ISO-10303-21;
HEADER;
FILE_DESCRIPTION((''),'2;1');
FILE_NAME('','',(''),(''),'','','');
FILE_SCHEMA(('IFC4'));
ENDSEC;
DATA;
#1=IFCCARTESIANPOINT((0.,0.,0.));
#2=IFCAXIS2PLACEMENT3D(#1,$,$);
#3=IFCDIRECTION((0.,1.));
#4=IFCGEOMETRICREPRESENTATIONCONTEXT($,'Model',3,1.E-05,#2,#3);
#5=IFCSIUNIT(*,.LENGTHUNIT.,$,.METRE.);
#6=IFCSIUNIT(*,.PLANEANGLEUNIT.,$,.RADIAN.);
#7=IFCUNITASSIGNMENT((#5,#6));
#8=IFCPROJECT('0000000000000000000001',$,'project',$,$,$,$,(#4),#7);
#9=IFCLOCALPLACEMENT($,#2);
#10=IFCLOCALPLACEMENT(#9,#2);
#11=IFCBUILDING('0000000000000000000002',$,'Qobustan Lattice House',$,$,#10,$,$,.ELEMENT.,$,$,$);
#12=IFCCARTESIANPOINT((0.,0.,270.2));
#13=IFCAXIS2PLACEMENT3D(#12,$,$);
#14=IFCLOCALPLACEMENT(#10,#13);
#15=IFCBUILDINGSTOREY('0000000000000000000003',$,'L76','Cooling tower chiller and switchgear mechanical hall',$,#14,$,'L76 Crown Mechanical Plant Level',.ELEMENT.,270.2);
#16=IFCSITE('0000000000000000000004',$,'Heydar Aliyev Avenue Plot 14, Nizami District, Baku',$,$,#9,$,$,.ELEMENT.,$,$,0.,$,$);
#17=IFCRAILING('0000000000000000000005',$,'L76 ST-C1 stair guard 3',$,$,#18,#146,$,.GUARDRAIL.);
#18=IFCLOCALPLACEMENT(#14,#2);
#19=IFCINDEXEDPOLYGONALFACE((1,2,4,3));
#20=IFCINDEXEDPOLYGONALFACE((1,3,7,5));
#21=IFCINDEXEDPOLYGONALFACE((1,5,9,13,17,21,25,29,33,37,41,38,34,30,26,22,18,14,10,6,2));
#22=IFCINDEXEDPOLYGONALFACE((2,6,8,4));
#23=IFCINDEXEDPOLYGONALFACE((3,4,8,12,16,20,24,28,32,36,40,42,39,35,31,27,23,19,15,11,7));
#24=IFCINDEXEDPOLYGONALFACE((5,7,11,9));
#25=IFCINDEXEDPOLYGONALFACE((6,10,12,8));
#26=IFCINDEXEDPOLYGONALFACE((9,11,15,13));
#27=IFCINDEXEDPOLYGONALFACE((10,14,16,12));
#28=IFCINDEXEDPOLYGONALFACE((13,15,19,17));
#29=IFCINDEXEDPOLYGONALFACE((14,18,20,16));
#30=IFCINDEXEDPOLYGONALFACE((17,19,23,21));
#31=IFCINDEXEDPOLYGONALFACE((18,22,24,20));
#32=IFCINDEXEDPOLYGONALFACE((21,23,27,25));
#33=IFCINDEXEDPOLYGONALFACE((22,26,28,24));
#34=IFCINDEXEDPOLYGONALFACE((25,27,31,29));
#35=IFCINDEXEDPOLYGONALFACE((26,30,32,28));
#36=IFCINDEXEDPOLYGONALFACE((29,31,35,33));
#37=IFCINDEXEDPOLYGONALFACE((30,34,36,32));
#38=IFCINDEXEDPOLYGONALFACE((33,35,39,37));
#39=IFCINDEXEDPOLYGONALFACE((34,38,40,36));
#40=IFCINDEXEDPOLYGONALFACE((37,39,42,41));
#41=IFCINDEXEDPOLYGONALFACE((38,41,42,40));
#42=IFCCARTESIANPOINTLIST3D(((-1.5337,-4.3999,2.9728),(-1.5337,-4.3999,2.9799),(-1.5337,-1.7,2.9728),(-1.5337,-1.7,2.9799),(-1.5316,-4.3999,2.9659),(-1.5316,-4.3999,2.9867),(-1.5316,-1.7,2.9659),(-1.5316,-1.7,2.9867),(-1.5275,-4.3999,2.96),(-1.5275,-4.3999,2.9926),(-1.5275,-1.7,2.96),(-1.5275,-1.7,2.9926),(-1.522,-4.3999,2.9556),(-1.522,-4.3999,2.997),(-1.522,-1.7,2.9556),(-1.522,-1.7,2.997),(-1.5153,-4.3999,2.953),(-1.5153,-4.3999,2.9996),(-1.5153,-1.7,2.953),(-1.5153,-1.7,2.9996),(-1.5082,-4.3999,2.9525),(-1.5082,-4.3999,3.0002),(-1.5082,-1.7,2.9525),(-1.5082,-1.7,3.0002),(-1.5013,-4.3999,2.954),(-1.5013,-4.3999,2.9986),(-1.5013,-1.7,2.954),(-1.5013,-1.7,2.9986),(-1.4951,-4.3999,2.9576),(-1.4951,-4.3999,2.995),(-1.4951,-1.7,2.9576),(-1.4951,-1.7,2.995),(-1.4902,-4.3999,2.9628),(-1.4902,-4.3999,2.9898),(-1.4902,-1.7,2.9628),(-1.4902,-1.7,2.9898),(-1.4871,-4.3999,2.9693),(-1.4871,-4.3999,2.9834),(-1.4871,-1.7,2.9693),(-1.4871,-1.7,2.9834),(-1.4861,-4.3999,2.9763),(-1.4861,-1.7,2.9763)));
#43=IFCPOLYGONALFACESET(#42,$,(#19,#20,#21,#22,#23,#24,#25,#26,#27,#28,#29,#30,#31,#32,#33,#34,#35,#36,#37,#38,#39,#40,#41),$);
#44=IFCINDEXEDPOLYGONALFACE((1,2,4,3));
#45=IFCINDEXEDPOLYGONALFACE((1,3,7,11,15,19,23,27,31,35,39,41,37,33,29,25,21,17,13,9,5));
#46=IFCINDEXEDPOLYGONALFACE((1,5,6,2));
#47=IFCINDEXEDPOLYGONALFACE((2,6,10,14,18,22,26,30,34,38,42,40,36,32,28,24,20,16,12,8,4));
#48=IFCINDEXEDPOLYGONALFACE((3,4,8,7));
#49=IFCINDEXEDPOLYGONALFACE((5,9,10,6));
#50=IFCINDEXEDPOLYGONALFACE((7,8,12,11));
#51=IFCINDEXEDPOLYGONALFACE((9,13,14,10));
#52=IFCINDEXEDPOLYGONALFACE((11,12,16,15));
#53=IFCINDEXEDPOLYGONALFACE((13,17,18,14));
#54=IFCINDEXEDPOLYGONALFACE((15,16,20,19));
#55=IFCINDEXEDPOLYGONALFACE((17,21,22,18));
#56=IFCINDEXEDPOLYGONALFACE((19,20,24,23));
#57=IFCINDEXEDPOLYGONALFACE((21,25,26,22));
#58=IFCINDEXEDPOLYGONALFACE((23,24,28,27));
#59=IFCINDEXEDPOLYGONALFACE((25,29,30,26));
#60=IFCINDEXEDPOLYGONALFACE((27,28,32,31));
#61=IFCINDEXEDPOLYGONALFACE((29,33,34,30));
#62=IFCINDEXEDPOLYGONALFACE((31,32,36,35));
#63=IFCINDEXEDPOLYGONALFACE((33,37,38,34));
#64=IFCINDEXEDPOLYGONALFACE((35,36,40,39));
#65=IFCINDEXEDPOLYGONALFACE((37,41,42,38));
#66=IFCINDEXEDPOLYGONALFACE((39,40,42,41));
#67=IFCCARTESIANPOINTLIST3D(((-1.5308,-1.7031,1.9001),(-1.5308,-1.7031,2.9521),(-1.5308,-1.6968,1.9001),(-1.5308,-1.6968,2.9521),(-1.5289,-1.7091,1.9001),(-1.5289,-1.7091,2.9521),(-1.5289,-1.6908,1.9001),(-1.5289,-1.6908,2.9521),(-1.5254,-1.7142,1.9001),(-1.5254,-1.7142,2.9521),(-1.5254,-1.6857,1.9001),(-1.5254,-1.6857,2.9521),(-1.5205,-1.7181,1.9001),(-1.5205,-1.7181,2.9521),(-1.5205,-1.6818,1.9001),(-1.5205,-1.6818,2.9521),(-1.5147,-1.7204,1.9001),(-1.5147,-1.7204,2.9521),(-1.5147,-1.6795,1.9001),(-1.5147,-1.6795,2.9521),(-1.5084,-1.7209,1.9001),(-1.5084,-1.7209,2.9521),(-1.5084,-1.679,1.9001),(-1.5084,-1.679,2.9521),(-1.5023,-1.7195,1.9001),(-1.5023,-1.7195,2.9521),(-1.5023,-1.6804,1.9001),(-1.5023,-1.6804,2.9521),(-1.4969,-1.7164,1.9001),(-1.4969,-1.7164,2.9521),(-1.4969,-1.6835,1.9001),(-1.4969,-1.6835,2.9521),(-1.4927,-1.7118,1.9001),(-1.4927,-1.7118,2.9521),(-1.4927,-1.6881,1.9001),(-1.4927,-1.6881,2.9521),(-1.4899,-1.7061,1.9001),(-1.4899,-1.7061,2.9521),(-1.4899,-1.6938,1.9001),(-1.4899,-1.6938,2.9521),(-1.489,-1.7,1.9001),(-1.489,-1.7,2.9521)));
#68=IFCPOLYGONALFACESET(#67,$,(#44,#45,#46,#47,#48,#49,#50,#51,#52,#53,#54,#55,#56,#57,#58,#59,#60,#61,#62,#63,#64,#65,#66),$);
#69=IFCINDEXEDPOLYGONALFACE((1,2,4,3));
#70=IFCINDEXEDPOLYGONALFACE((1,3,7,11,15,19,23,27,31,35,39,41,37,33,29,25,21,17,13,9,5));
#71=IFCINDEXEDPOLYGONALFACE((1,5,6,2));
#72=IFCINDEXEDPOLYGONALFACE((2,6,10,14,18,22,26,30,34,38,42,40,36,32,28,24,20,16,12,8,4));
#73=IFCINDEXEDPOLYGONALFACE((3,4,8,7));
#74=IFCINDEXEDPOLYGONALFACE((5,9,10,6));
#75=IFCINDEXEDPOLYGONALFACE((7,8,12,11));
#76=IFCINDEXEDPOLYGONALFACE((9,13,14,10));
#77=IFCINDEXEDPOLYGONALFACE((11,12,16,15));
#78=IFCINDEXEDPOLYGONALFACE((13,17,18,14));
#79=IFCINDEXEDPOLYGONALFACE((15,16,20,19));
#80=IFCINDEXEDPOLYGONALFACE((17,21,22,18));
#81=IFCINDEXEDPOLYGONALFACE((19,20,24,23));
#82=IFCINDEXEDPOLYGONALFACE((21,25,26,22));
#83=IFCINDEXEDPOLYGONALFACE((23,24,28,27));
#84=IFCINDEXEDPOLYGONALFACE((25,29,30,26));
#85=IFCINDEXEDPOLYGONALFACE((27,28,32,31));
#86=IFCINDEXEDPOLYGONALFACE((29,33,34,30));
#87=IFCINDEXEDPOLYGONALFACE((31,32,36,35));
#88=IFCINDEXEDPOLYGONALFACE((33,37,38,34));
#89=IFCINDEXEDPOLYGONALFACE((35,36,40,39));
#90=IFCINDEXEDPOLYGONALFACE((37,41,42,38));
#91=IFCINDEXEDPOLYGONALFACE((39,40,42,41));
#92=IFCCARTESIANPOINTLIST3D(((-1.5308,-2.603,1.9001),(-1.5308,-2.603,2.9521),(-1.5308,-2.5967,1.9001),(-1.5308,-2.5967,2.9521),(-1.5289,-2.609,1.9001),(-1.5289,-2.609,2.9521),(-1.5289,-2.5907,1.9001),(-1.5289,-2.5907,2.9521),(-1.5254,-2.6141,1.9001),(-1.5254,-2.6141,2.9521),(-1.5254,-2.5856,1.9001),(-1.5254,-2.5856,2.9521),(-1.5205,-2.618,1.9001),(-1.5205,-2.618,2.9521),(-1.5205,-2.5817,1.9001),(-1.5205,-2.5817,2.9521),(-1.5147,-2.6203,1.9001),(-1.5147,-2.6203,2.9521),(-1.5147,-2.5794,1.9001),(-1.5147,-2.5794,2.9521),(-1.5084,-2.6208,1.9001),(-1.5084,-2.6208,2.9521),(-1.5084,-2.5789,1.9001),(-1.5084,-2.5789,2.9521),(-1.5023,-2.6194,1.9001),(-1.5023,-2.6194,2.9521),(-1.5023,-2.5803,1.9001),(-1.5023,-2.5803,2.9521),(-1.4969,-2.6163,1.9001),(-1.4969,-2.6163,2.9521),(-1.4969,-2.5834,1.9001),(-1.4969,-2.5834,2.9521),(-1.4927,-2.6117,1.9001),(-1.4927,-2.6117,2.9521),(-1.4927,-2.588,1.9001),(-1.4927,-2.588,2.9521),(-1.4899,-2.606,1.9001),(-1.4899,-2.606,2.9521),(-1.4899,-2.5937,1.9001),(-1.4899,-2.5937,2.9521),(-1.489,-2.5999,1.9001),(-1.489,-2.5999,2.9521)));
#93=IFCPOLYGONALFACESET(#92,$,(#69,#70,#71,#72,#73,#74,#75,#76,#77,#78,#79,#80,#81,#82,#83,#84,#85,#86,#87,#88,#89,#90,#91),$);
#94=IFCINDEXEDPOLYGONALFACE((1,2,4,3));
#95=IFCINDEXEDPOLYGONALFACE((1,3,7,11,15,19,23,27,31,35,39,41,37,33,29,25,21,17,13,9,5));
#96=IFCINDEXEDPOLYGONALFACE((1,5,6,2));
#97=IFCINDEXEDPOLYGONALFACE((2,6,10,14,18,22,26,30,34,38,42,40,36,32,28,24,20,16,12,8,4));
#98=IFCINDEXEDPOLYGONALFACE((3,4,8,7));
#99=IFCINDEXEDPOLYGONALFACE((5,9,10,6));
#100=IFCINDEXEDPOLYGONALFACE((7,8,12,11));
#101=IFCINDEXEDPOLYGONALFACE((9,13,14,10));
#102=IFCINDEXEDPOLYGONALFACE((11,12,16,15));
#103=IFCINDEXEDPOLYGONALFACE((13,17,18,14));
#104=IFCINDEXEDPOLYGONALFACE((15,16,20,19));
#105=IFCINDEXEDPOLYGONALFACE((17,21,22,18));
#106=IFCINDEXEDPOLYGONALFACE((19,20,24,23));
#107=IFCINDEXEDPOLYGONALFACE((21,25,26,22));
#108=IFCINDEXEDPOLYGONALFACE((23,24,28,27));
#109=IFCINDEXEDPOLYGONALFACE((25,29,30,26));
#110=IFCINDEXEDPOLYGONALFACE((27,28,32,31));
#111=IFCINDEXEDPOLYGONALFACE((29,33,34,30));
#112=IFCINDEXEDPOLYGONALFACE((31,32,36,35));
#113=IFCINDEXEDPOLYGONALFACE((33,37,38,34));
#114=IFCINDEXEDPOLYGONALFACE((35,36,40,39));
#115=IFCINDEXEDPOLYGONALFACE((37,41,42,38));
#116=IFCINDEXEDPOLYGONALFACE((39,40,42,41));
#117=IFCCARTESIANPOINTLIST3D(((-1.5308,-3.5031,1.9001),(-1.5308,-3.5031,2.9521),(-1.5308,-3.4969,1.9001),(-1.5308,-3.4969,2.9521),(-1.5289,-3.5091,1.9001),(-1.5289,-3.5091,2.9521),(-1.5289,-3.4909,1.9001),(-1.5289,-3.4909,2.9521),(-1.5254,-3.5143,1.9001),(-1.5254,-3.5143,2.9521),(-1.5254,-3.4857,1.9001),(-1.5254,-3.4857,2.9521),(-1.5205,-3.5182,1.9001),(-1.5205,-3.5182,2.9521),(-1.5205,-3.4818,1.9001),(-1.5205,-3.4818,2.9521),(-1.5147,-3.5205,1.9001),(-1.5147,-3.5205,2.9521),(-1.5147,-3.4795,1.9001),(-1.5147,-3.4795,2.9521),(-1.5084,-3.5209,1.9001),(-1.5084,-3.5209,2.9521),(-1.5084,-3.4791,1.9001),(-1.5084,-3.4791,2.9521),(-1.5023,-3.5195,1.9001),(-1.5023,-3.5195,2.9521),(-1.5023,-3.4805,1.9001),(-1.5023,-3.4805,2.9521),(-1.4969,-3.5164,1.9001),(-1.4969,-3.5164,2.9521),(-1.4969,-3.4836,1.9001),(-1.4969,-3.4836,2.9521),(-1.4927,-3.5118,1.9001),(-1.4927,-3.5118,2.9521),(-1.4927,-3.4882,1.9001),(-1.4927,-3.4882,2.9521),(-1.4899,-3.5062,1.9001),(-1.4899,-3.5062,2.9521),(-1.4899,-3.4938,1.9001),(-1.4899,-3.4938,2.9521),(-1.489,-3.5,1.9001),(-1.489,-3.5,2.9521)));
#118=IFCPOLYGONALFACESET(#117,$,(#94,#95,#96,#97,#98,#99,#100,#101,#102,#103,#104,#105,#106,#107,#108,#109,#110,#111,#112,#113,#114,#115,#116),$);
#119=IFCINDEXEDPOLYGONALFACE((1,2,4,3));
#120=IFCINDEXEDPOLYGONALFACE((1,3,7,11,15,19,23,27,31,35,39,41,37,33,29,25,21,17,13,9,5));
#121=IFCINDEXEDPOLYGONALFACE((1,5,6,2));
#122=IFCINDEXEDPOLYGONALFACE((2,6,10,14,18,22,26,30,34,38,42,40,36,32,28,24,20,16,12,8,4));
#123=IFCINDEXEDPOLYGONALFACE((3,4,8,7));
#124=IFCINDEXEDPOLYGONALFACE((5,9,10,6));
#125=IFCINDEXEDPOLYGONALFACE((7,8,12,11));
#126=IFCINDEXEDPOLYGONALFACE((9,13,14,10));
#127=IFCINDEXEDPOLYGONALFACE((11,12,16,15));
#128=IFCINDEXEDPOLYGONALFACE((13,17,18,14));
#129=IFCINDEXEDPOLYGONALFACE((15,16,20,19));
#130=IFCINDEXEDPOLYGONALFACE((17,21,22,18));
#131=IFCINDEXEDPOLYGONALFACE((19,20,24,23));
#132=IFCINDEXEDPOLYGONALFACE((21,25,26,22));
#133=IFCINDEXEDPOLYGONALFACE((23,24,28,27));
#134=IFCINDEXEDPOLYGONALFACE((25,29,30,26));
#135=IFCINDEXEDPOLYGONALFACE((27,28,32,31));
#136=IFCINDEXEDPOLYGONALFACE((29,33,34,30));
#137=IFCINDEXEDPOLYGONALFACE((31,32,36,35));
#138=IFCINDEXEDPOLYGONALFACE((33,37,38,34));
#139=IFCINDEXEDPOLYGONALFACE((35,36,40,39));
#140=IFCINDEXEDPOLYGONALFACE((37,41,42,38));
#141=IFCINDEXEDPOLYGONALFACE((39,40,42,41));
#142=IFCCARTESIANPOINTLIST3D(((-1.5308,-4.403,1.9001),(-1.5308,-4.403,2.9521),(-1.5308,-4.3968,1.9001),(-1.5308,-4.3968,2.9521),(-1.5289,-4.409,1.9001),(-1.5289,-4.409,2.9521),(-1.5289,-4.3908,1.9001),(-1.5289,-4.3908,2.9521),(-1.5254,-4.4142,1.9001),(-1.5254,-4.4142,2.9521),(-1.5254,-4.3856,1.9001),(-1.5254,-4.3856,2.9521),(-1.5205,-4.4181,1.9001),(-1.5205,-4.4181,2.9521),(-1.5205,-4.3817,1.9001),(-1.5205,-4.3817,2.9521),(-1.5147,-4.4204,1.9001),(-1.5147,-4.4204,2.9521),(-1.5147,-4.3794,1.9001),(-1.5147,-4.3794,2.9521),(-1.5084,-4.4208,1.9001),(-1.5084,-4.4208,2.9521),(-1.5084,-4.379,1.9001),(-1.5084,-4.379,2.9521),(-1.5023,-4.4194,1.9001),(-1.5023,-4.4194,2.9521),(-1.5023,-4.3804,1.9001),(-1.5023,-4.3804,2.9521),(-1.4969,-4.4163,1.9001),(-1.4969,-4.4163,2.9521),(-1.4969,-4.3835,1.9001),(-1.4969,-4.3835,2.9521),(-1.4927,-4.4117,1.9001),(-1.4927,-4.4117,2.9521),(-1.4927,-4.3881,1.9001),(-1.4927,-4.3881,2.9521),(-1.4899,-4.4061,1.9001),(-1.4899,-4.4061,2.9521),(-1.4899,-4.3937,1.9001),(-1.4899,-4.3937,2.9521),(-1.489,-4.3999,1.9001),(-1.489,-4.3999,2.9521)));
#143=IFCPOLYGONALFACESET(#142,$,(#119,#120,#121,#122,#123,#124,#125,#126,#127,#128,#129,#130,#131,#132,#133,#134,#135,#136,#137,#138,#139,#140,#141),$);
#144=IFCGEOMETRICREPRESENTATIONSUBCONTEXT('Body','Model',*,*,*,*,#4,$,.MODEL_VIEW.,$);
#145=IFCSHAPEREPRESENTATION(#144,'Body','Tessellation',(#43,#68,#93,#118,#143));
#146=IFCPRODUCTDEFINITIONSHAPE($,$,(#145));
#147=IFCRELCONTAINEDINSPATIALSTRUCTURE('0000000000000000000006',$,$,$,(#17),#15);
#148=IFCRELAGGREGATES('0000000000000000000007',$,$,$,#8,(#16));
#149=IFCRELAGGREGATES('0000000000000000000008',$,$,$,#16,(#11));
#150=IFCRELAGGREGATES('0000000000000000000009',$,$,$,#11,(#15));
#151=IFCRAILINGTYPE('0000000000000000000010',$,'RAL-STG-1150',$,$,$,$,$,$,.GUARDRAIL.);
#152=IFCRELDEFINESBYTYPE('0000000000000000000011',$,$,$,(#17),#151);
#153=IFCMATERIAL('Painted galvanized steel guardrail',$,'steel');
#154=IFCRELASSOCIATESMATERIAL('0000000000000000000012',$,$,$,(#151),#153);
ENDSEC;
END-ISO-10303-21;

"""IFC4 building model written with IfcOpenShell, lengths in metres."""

from ifc_helpers import new_model, si_unit, direction, frame, origin, origin_2d, place, context, subcontext, project, spatial, circle, extrude, material, type_object, element, save


model = new_model("IFC4")

# Units and contexts
model_context = context("Model", 3, precision=1e-05, world=origin(), true_north=direction((0.0, 1.0)))
body_context = subcontext(model_context, "Body", "Model", "MODEL_VIEW")
ifc_project = project(units=[si_unit("LENGTHUNIT", "METRE"), si_unit("PLANEANGLEUNIT", "RADIAN")], contexts=[model_context])

# Site, building, storey
site_placement = place(None, origin())
site = spatial("IfcSite", under=ifc_project, at=site_placement, Name="Heydar Aliyev Avenue Plot 14, Nizami District, Baku", CompositionType="ELEMENT", RefElevation=0.0)
building_placement = place(site_placement, origin())
building = spatial("IfcBuilding", under=site, at=building_placement, Name="Qobustan Lattice House", CompositionType="ELEMENT")
storey_placement = place(building_placement, frame((0.0, 0.0, 270.2)))
storey = spatial("IfcBuildingStorey", under=building, at=storey_placement, Name="L76", Description="Cooling tower chiller and switchgear mechanical hall", LongName="L76 Crown Mechanical Plant Level", CompositionType="ELEMENT", Elevation=270.2)

# Railing
ifc_material_1 = material(Name="Painted galvanized steel guardrail", Category="steel")
railing_type = type_object("IfcRailingType", Name="RAL-STG-1150", PredefinedType="GUARDRAIL", material=ifc_material_1)
railing_1_placement = place(storey_placement, frame((-1.51, -1.7, 1.9001)))
element("IfcRailing", 1, at=railing_1_placement, inside=storey, type_object=railing_type, Name="L76 ST-C1 stair guard 3", PredefinedType="GUARDRAIL", context=body_context, shape_type="SweptSolid", body=[
    extrude(circle(Radius=0.0239, at=origin_2d()), frame((0.0, 0.0, 1.0762), z_axis=(0.0, -1.0, 0.0), x_axis=(1.0, 0.0, 0.0)), (0.0, 0.0, 1.0), 2.7),
    extrude(circle(Radius=0.021, at=origin_2d()), origin(), (0.0, 0.0, 1.0), 1.052),
    extrude(circle(Radius=0.021, at=origin_2d()), frame((0.0, -0.8999, 0.0)), (0.0, 0.0, 1.0), 1.052),
    extrude(circle(Radius=0.021, at=origin_2d()), frame((0.0, -1.8, 0.0)), (0.0, 0.0, 1.0), 1.052),
    extrude(circle(Radius=0.021, at=origin_2d()), frame((0.0, -2.7, 0.0)), (0.0, 0.0, 1.0), 1.052),
])

save(model, "model.ifc")
